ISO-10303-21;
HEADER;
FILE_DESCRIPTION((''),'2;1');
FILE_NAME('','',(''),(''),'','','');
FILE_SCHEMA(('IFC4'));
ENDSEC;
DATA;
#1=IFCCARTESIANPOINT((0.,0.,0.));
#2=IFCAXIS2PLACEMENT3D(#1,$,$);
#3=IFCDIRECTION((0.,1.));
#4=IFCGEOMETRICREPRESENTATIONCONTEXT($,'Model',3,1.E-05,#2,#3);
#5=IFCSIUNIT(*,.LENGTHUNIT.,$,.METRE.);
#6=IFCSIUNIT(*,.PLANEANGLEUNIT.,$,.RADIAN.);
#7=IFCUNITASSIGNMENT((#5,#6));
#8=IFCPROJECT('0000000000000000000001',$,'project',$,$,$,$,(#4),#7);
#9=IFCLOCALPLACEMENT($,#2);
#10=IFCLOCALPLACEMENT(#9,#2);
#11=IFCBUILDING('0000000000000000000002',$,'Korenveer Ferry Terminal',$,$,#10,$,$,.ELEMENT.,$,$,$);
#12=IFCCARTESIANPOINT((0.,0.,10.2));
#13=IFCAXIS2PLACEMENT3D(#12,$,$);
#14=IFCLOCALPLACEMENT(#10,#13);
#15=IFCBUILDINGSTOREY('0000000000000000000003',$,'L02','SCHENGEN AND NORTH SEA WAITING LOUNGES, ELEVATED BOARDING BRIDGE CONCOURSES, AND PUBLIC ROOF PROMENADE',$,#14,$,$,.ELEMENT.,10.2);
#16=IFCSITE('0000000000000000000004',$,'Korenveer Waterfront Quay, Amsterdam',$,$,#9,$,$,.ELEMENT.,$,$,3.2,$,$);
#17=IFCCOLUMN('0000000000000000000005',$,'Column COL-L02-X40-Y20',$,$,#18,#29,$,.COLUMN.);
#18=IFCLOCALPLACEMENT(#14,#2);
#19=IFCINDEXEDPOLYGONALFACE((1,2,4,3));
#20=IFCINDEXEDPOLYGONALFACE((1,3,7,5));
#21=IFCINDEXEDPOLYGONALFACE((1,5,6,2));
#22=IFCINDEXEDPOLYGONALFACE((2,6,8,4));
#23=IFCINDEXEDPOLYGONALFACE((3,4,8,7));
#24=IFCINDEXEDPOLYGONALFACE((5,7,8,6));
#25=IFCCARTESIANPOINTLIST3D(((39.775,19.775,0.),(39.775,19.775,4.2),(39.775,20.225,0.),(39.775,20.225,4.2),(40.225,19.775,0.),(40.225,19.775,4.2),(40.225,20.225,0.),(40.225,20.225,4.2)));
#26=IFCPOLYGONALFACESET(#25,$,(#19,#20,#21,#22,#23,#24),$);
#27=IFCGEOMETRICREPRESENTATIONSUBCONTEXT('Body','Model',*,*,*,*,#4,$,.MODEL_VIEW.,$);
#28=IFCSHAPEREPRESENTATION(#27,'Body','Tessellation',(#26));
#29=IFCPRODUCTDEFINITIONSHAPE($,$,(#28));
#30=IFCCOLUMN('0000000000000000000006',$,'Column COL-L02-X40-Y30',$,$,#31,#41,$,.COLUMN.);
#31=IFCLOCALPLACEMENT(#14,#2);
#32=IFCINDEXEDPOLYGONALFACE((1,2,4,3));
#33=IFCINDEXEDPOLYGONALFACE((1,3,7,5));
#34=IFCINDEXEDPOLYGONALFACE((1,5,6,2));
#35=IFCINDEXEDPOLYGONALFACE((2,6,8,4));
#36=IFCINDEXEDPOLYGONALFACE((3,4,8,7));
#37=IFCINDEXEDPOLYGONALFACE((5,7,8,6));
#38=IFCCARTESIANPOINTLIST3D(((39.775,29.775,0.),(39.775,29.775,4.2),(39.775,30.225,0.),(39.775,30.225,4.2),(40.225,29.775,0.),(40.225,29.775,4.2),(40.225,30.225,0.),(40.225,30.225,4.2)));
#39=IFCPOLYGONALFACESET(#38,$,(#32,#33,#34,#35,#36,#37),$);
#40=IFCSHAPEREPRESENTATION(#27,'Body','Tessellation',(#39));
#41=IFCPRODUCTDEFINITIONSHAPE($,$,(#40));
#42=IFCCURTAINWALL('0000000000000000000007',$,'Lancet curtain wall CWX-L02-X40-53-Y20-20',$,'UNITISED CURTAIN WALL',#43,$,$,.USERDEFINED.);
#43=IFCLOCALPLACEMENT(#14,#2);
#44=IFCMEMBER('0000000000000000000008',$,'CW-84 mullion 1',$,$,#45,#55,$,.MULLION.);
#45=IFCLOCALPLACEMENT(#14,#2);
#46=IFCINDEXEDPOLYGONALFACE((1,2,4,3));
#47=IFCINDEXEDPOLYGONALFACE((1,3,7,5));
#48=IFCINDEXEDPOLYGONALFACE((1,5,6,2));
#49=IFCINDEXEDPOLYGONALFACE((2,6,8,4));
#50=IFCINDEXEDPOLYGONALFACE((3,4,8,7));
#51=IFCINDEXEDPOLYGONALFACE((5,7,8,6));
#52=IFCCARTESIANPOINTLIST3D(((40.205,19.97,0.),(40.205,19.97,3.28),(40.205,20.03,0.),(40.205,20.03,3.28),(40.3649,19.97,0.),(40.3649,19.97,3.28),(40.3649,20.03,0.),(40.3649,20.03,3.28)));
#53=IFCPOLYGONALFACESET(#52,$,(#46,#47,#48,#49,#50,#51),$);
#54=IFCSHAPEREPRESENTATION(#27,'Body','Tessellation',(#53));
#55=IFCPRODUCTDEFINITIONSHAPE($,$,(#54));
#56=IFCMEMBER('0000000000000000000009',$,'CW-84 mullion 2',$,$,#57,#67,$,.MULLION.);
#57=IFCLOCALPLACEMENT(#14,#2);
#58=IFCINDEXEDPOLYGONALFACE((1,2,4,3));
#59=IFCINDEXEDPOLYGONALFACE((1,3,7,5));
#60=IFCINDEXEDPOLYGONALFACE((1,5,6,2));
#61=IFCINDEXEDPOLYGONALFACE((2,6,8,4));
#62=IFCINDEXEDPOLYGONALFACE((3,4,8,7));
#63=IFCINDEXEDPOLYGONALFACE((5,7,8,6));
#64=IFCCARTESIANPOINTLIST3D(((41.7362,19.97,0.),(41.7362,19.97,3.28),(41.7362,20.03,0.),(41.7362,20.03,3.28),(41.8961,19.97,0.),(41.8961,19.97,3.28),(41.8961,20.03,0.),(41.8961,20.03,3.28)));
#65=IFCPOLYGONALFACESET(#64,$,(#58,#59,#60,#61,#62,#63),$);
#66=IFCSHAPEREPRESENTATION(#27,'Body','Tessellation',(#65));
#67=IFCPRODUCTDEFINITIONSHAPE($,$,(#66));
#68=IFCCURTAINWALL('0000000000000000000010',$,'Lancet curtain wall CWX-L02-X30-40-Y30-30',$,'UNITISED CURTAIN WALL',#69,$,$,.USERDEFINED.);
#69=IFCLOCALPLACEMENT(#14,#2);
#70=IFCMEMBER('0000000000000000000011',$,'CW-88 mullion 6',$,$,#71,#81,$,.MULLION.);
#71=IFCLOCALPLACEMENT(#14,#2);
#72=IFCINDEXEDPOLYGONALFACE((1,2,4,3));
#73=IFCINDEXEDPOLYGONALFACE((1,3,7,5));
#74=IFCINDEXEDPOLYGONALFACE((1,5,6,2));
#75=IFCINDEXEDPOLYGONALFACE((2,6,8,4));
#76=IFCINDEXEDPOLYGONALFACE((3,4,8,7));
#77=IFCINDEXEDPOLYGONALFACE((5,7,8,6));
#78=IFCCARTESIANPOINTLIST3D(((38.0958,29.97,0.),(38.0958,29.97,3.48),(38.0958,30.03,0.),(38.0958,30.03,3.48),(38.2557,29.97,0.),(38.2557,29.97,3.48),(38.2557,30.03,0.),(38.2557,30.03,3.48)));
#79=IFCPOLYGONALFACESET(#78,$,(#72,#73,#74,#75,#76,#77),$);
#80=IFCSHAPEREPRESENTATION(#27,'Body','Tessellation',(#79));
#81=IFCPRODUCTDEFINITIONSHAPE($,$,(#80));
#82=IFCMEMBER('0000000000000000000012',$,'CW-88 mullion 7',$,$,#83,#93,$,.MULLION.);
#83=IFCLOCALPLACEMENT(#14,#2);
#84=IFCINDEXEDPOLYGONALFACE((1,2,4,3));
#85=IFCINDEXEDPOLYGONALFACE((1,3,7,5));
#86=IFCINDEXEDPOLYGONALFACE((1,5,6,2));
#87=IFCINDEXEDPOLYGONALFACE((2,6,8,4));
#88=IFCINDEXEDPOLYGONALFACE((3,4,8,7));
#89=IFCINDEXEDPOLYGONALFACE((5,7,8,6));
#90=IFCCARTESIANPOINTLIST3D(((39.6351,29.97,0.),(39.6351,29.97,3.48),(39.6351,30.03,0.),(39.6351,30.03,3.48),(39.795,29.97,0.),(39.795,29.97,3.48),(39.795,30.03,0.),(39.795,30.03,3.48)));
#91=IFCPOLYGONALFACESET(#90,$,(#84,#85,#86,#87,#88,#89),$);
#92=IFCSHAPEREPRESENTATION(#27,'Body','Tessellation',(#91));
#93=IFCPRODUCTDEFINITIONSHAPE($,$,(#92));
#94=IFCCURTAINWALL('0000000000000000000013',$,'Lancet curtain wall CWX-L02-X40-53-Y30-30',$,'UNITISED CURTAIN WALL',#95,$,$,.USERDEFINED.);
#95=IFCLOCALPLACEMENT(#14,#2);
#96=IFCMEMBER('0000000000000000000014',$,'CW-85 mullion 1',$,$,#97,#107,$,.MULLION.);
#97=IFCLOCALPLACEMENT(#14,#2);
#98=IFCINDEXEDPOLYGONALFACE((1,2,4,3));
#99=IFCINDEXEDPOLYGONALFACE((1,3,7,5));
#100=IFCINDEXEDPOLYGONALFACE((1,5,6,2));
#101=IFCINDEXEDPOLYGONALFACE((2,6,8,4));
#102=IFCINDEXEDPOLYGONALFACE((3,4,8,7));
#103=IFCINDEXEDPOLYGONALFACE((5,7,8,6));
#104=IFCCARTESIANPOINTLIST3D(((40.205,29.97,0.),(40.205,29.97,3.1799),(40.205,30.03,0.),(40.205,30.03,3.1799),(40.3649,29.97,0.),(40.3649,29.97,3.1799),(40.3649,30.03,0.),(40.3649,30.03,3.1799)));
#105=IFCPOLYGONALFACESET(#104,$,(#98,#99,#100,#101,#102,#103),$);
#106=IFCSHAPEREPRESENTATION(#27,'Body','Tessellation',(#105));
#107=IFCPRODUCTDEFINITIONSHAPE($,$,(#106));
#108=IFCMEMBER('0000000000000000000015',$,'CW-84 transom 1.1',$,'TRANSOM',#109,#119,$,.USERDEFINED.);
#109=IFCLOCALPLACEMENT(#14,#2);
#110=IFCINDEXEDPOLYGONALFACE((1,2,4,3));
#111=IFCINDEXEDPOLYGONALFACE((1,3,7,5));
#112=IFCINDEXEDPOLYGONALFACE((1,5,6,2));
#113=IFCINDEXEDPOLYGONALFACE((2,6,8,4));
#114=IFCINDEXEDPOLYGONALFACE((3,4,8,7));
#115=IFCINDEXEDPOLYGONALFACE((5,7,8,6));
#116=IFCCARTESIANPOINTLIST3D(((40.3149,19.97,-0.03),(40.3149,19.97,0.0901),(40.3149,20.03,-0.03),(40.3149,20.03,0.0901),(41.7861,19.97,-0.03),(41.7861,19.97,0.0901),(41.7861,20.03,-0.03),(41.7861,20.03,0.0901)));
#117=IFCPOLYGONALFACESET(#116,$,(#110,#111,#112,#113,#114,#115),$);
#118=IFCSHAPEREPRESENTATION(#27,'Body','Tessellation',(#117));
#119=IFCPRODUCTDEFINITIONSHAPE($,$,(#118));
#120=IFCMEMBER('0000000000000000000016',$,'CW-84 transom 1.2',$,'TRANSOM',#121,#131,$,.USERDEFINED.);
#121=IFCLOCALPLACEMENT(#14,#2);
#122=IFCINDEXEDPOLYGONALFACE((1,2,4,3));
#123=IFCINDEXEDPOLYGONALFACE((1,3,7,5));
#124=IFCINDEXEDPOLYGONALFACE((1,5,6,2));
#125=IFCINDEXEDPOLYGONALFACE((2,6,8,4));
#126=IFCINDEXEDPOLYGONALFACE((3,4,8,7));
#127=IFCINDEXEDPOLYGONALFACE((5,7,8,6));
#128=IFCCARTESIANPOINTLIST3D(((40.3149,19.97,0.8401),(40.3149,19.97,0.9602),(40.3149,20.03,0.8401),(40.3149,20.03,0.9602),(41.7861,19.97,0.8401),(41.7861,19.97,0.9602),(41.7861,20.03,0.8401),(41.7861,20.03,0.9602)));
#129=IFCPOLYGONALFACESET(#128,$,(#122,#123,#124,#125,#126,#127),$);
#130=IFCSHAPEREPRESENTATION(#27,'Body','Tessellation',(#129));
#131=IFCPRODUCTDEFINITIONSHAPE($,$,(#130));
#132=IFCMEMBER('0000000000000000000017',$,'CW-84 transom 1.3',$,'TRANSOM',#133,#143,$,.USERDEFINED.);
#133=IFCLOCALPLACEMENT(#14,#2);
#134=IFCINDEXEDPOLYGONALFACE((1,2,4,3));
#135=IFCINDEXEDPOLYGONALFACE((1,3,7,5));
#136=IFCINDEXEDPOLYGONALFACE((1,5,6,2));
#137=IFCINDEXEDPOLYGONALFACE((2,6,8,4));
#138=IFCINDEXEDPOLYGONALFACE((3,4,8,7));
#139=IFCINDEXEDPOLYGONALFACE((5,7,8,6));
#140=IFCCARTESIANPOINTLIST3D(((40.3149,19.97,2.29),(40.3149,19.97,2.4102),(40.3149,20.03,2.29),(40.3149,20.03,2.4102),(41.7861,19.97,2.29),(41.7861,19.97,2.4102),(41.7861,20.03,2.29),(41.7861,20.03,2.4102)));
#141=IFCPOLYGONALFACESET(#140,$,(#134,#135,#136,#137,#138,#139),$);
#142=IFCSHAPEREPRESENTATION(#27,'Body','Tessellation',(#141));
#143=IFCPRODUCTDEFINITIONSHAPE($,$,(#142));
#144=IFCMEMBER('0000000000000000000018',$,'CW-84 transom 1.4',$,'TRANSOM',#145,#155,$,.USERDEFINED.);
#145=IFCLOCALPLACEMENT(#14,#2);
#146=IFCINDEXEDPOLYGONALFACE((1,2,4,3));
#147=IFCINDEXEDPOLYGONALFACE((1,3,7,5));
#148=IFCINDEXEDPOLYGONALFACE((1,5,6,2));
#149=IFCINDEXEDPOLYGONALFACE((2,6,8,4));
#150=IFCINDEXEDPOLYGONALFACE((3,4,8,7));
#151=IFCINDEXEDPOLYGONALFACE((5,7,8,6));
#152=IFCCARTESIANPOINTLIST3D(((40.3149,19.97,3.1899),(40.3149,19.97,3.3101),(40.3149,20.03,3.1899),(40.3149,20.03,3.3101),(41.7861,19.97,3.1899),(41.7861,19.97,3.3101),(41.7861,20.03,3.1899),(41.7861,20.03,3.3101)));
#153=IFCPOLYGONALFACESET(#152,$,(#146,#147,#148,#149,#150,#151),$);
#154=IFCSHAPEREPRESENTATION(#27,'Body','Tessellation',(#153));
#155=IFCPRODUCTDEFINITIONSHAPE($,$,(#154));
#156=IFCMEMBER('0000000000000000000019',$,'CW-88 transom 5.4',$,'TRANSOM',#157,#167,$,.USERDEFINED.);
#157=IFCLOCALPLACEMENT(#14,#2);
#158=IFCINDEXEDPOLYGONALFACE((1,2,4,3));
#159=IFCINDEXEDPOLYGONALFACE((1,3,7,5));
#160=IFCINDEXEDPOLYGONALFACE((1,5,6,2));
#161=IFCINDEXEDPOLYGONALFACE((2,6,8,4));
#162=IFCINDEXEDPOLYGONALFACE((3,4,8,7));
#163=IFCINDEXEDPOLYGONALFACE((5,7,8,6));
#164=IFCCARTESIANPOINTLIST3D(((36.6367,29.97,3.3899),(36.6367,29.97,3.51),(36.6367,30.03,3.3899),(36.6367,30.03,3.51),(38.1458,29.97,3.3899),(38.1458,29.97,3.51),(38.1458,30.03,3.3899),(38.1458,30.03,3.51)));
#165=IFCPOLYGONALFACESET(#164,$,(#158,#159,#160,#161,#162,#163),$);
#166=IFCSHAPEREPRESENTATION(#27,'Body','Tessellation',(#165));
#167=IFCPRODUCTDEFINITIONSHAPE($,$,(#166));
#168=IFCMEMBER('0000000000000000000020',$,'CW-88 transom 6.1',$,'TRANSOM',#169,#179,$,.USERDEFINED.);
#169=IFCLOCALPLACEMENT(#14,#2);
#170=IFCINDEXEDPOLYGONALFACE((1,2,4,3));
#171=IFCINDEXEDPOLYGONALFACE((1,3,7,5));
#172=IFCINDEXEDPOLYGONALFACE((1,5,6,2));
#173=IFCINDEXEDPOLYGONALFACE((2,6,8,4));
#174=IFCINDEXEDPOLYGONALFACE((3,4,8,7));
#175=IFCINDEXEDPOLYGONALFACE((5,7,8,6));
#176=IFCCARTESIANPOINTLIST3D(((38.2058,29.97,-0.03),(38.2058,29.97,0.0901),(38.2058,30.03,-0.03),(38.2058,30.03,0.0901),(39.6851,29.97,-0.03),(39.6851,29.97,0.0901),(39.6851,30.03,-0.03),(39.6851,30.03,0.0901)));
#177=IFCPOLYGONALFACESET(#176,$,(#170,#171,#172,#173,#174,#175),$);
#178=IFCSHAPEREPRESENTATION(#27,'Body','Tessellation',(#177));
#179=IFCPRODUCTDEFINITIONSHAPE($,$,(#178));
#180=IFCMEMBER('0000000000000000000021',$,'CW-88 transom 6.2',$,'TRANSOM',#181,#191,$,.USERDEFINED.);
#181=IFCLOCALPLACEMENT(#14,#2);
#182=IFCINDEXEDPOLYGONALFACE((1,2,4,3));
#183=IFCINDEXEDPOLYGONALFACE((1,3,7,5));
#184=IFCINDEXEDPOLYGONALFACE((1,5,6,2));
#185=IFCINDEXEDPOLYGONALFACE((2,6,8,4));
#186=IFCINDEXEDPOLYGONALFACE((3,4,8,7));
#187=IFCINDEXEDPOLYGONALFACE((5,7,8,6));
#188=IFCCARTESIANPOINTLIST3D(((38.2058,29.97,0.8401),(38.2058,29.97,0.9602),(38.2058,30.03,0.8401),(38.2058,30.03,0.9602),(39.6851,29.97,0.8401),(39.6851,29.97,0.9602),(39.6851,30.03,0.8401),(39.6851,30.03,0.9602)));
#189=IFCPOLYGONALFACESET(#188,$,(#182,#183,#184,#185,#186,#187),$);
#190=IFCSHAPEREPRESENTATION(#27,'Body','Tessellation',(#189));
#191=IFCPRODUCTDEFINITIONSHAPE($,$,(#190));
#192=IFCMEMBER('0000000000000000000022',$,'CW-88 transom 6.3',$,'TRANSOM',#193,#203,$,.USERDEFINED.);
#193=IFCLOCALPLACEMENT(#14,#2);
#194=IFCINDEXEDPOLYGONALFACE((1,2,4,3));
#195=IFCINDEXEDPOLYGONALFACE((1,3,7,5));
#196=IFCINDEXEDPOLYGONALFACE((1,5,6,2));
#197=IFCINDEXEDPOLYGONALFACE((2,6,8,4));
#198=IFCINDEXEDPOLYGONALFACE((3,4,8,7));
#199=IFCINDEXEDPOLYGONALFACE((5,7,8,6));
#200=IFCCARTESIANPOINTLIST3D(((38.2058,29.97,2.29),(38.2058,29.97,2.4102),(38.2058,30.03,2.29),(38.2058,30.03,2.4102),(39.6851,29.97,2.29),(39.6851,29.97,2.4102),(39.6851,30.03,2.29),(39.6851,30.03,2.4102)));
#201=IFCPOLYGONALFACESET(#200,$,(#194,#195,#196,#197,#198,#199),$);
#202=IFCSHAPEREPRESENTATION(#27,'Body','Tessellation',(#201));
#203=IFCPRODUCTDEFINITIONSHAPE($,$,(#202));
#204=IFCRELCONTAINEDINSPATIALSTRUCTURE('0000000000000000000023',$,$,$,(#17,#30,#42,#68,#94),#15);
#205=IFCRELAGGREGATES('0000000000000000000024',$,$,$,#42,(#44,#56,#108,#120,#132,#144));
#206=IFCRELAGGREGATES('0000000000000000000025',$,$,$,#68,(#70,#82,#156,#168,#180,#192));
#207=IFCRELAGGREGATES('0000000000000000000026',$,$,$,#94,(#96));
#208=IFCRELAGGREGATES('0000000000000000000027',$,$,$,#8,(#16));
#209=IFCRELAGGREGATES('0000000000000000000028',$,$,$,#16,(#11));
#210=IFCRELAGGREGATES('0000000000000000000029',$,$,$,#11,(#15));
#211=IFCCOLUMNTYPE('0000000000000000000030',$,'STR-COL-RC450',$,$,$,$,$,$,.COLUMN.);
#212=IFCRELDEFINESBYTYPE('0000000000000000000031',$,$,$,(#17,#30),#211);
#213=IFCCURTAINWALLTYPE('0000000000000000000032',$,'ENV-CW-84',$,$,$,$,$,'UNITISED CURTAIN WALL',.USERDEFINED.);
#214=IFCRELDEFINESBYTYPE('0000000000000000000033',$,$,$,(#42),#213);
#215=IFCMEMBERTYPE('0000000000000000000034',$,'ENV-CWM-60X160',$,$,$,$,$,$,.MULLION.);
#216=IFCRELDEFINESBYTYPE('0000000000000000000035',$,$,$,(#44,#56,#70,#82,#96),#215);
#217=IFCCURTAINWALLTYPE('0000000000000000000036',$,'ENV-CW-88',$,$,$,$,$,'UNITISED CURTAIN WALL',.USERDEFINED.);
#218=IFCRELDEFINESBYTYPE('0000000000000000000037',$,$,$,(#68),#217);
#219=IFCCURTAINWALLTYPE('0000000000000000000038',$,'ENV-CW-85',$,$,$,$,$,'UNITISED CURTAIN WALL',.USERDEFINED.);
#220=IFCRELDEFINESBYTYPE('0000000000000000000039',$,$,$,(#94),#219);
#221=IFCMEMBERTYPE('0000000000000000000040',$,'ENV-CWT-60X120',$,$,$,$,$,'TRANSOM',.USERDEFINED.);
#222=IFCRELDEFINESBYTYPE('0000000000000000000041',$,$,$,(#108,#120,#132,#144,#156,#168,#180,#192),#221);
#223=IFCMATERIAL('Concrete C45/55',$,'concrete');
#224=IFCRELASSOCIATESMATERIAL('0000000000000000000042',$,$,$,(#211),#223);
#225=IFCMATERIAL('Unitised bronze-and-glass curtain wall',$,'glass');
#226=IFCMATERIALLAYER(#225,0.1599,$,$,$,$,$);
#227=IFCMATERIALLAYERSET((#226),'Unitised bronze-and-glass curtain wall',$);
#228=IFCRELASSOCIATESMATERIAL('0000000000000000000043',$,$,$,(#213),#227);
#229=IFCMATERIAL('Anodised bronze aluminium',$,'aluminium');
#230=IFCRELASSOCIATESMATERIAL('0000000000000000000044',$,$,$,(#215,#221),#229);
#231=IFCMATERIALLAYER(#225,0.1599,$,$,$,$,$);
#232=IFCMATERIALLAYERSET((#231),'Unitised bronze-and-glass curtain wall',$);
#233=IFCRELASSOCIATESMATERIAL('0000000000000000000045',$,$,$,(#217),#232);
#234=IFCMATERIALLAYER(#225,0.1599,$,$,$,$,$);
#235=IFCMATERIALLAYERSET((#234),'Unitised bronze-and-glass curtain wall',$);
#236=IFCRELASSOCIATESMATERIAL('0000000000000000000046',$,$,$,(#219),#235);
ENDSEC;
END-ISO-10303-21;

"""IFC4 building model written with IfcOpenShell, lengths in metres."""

from ifc_helpers import new_model, si_unit, direction, frame, origin, origin_2d, place, context, subcontext, project, spatial, rectangle, extrude, material, layer, layer_set, material_profile, profile_set, type_object, element, aggregate, save


model = new_model("IFC4")

# Units and contexts
model_context = context("Model", 3, precision=1e-05, world=origin(), true_north=direction((0.0, 1.0)))
body_context = subcontext(model_context, "Body", "Model", "MODEL_VIEW")
ifc_project = project(units=[si_unit("LENGTHUNIT", "METRE"), si_unit("PLANEANGLEUNIT", "RADIAN")], contexts=[model_context])

# Site, building, storey
site_placement = place(None, origin())
site = spatial("IfcSite", under=ifc_project, at=site_placement, Name="Korenveer Waterfront Quay, Amsterdam", CompositionType="ELEMENT", RefElevation=3.2)
building_placement = place(site_placement, origin())
building = spatial("IfcBuilding", under=site, at=building_placement, Name="Korenveer Ferry Terminal", CompositionType="ELEMENT")
storey_placement = place(building_placement, frame((0.0, 0.0, 10.2)))
storey = spatial("IfcBuildingStorey", under=building, at=storey_placement, Name="L02", Description="SCHENGEN AND NORTH SEA WAITING LOUNGES, ELEVATED BOARDING BRIDGE CONCOURSES, AND PUBLIC ROOF PROMENADE", CompositionType="ELEMENT", Elevation=10.2)

# Columns
ifc_material_1 = material(Name="Concrete C45/55", Category="concrete")
ifc_material_profile_1 = material_profile(ifc_material_1, rectangle(XDim=0.45, YDim=0.45, at=origin_2d()), Name="RC 450x450")
ifc_profile_set_1 = profile_set([ifc_material_profile_1], Name="Concrete C45/55")
column_type = type_object("IfcColumnType", Name="STR-COL-RC450", PredefinedType="COLUMN", material=ifc_profile_set_1)
for number, where, z_axis, x_axis, name in (
    (1, (40.0, 20.0, 0.0), (0.0, 0.0, 1.0), (1.0, 0.0, 0.0), "Column COL-L02-X40-Y20"),
    (2, (40.0, 30.0, 0.0), (0.0, 0.0, 1.0), (1.0, 0.0, 0.0), "Column COL-L02-X40-Y30"),
):
    element("IfcColumn", number, at=place(storey_placement, frame(where, z_axis=z_axis, x_axis=x_axis)), inside=storey, type_object=column_type, Name=name, PredefinedType="COLUMN", context=body_context, shape_type="SweptSolid", body=[
        extrude(rectangle(XDim=0.45, YDim=0.45, at=origin_2d()), origin(), (0.0, 0.0, 1.0), 4.2),
    ])

# Curtain walls, members
ifc_material_2 = material(Name="Unitised bronze-and-glass curtain wall", Category="glass")
ifc_layer_1 = layer(ifc_material_2, 0.1599)
ifc_layer_set_1 = layer_set([ifc_layer_1], Name="Unitised bronze-and-glass curtain wall")
curtain_wall_type_1 = type_object("IfcCurtainWallType", Name="ENV-CW-84", ElementType="UNITISED CURTAIN WALL", PredefinedType="USERDEFINED", material=ifc_layer_set_1)
curtain_wall_1_placement = place(storey_placement, frame((40.2549, 20.0, 0.0)))
curtain_wall_1 = element("IfcCurtainWall", 3, at=curtain_wall_1_placement, inside=storey, type_object=curtain_wall_type_1, Name="Lancet curtain wall CWX-L02-X40-53-Y20-20", ObjectType="UNITISED CURTAIN WALL", PredefinedType="USERDEFINED")
ifc_material_3 = material(Name="Anodised bronze aluminium", Category="aluminium")
ifc_material_profile_2 = material_profile(ifc_material_3, rectangle(XDim=0.0601, YDim=0.1599, at=origin_2d()), Name="ALU 60x160")
ifc_profile_set_2 = profile_set([ifc_material_profile_2], Name="Anodised bronze aluminium")
member_type_1 = type_object("IfcMemberType", Name="ENV-CWM-60X160", PredefinedType="MULLION", material=ifc_profile_set_2)
member_1_placement = place(storey_placement, frame((40.2849, 20.0, 0.0), z_axis=(0.0, 0.0, 1.0), x_axis=(0.0, 1.0, 0.0)))
member_1 = element("IfcMember", 4, at=member_1_placement, type_object=member_type_1, Name="CW-84 mullion 1", PredefinedType="MULLION", context=body_context, shape_type="SweptSolid", body=[
    extrude(rectangle(XDim=0.0601, YDim=0.1599, at=origin_2d()), origin(), (0.0, 0.0, 1.0), 3.28),
])
member_2_placement = place(storey_placement, frame((41.8162, 20.0, 0.0), z_axis=(0.0, 0.0, 1.0), x_axis=(0.0, 1.0, 0.0)))
member_2 = element("IfcMember", 5, at=member_2_placement, type_object=member_type_1, Name="CW-84 mullion 2", PredefinedType="MULLION", context=body_context, shape_type="SweptSolid", body=[
    extrude(rectangle(XDim=0.0601, YDim=0.1599, at=origin_2d()), origin(), (0.0, 0.0, 1.0), 3.28),
])
ifc_layer_2 = layer(ifc_material_2, 0.1599)
ifc_layer_set_2 = layer_set([ifc_layer_2], Name="Unitised bronze-and-glass curtain wall")
curtain_wall_type_2 = type_object("IfcCurtainWallType", Name="ENV-CW-88", ElementType="UNITISED CURTAIN WALL", PredefinedType="USERDEFINED", material=ifc_layer_set_2)
curtain_wall_2_placement = place(storey_placement, frame((30.3301, 30.0, 0.0)))
curtain_wall_2 = element("IfcCurtainWall", 6, at=curtain_wall_2_placement, inside=storey, type_object=curtain_wall_type_2, Name="Lancet curtain wall CWX-L02-X30-40-Y30-30", ObjectType="UNITISED CURTAIN WALL", PredefinedType="USERDEFINED")
member_3_placement = place(storey_placement, frame((38.1758, 30.0, 0.0), z_axis=(0.0, 0.0, 1.0), x_axis=(0.0, 1.0, 0.0)))
member_3 = element("IfcMember", 7, at=member_3_placement, type_object=member_type_1, Name="CW-88 mullion 6", PredefinedType="MULLION", context=body_context, shape_type="SweptSolid", body=[
    extrude(rectangle(XDim=0.0601, YDim=0.1599, at=origin_2d()), origin(), (0.0, 0.0, 1.0), 3.48),
])
member_4_placement = place(storey_placement, frame((39.7151, 30.0, 0.0), z_axis=(0.0, 0.0, 1.0), x_axis=(0.0, 1.0, 0.0)))
member_4 = element("IfcMember", 8, at=member_4_placement, type_object=member_type_1, Name="CW-88 mullion 7", PredefinedType="MULLION", context=body_context, shape_type="SweptSolid", body=[
    extrude(rectangle(XDim=0.0601, YDim=0.1599, at=origin_2d()), origin(), (0.0, 0.0, 1.0), 3.48),
])

# Curtain wall, member
ifc_layer_3 = layer(ifc_material_2, 0.1599)
ifc_layer_set_3 = layer_set([ifc_layer_3], Name="Unitised bronze-and-glass curtain wall")
curtain_wall_type_3 = type_object("IfcCurtainWallType", Name="ENV-CW-85", ElementType="UNITISED CURTAIN WALL", PredefinedType="USERDEFINED", material=ifc_layer_set_3)
curtain_wall_3_placement = place(storey_placement, frame((40.2549, 30.0, 0.0)))
curtain_wall_3 = element("IfcCurtainWall", 9, at=curtain_wall_3_placement, inside=storey, type_object=curtain_wall_type_3, Name="Lancet curtain wall CWX-L02-X40-53-Y30-30", ObjectType="UNITISED CURTAIN WALL", PredefinedType="USERDEFINED")
member_5_placement = place(storey_placement, frame((40.2849, 30.0, 0.0), z_axis=(0.0, 0.0, 1.0), x_axis=(0.0, 1.0, 0.0)))
member_5 = element("IfcMember", 10, at=member_5_placement, type_object=member_type_1, Name="CW-85 mullion 1", PredefinedType="MULLION", context=body_context, shape_type="SweptSolid", body=[
    extrude(rectangle(XDim=0.0601, YDim=0.1599, at=origin_2d()), origin(), (0.0, 0.0, 1.0), 3.1799),
])

# Members
ifc_material_profile_3 = material_profile(ifc_material_3, rectangle(XDim=0.0601, YDim=0.1201, at=origin_2d()), Name="ALU 60x120")
ifc_profile_set_3 = profile_set([ifc_material_profile_3], Name="Anodised bronze aluminium")
member_type_2 = type_object("IfcMemberType", Name="ENV-CWT-60X120", ElementType="TRANSOM", PredefinedType="USERDEFINED", material=ifc_profile_set_3)
member_6_placement = place(storey_placement, frame((40.3149, 20.0, 0.03), z_axis=(1.0, 0.0, 0.0), x_axis=(0.0, 1.0, 0.0)))
member_6 = element("IfcMember", 11, at=member_6_placement, type_object=member_type_2, Name="CW-84 transom 1.1", ObjectType="TRANSOM", PredefinedType="USERDEFINED", context=body_context, shape_type="SweptSolid", body=[
    extrude(rectangle(XDim=0.0601, YDim=0.1201, at=origin_2d()), origin(), (0.0, 0.0, 1.0), 1.4712),
])
member_7_placement = place(storey_placement, frame((40.3149, 20.0, 0.9001), z_axis=(1.0, 0.0, 0.0), x_axis=(0.0, 1.0, 0.0)))
member_7 = element("IfcMember", 12, at=member_7_placement, type_object=member_type_2, Name="CW-84 transom 1.2", ObjectType="TRANSOM", PredefinedType="USERDEFINED", context=body_context, shape_type="SweptSolid", body=[
    extrude(rectangle(XDim=0.0601, YDim=0.1201, at=origin_2d()), origin(), (0.0, 0.0, 1.0), 1.4712),
])
member_8_placement = place(storey_placement, frame((40.3149, 20.0, 2.3501), z_axis=(1.0, 0.0, 0.0), x_axis=(0.0, 1.0, 0.0)))
member_8 = element("IfcMember", 13, at=member_8_placement, type_object=member_type_2, Name="CW-84 transom 1.3", ObjectType="TRANSOM", PredefinedType="USERDEFINED", context=body_context, shape_type="SweptSolid", body=[
    extrude(rectangle(XDim=0.0601, YDim=0.1201, at=origin_2d()), origin(), (0.0, 0.0, 1.0), 1.4712),
])
member_9_placement = place(storey_placement, frame((40.3149, 20.0, 3.25), z_axis=(1.0, 0.0, 0.0), x_axis=(0.0, 1.0, 0.0)))
member_9 = element("IfcMember", 14, at=member_9_placement, type_object=member_type_2, Name="CW-84 transom 1.4", ObjectType="TRANSOM", PredefinedType="USERDEFINED", context=body_context, shape_type="SweptSolid", body=[
    extrude(rectangle(XDim=0.0601, YDim=0.1201, at=origin_2d()), origin(), (0.0, 0.0, 1.0), 1.4712),
])
member_10_placement = place(storey_placement, frame((36.6367, 30.0, 3.45), z_axis=(1.0, 0.0, 0.0), x_axis=(0.0, 1.0, 0.0)))
member_10 = element("IfcMember", 15, at=member_10_placement, type_object=member_type_2, Name="CW-88 transom 5.4", ObjectType="TRANSOM", PredefinedType="USERDEFINED", context=body_context, shape_type="SweptSolid", body=[
    extrude(rectangle(XDim=0.0601, YDim=0.1201, at=origin_2d()), origin(), (0.0, 0.0, 1.0), 1.509),
])
member_11_placement = place(storey_placement, frame((38.2058, 30.0, 0.03), z_axis=(1.0, 0.0, 0.0), x_axis=(0.0, 1.0, 0.0)))
member_11 = element("IfcMember", 16, at=member_11_placement, type_object=member_type_2, Name="CW-88 transom 6.1", ObjectType="TRANSOM", PredefinedType="USERDEFINED", context=body_context, shape_type="SweptSolid", body=[
    extrude(rectangle(XDim=0.0601, YDim=0.1201, at=origin_2d()), origin(), (0.0, 0.0, 1.0), 1.4792),
])
member_12_placement = place(storey_placement, frame((38.2058, 30.0, 0.9001), z_axis=(1.0, 0.0, 0.0), x_axis=(0.0, 1.0, 0.0)))
member_12 = element("IfcMember", 17, at=member_12_placement, type_object=member_type_2, Name="CW-88 transom 6.2", ObjectType="TRANSOM", PredefinedType="USERDEFINED", context=body_context, shape_type="SweptSolid", body=[
    extrude(rectangle(XDim=0.0601, YDim=0.1201, at=origin_2d()), origin(), (0.0, 0.0, 1.0), 1.4792),
])
member_13_placement = place(storey_placement, frame((38.2058, 30.0, 2.3501), z_axis=(1.0, 0.0, 0.0), x_axis=(0.0, 1.0, 0.0)))
member_13 = element("IfcMember", 18, at=member_13_placement, type_object=member_type_2, Name="CW-88 transom 6.3", ObjectType="TRANSOM", PredefinedType="USERDEFINED", context=body_context, shape_type="SweptSolid", body=[
    extrude(rectangle(XDim=0.0601, YDim=0.1201, at=origin_2d()), origin(), (0.0, 0.0, 1.0), 1.4792),
])

aggregate(curtain_wall_1, [member_1, member_2, member_6, member_7, member_8, member_9])
aggregate(curtain_wall_2, [member_3, member_4, member_10, member_11, member_12, member_13])
aggregate(curtain_wall_3, [member_5])

save(model, "model.ifc")
